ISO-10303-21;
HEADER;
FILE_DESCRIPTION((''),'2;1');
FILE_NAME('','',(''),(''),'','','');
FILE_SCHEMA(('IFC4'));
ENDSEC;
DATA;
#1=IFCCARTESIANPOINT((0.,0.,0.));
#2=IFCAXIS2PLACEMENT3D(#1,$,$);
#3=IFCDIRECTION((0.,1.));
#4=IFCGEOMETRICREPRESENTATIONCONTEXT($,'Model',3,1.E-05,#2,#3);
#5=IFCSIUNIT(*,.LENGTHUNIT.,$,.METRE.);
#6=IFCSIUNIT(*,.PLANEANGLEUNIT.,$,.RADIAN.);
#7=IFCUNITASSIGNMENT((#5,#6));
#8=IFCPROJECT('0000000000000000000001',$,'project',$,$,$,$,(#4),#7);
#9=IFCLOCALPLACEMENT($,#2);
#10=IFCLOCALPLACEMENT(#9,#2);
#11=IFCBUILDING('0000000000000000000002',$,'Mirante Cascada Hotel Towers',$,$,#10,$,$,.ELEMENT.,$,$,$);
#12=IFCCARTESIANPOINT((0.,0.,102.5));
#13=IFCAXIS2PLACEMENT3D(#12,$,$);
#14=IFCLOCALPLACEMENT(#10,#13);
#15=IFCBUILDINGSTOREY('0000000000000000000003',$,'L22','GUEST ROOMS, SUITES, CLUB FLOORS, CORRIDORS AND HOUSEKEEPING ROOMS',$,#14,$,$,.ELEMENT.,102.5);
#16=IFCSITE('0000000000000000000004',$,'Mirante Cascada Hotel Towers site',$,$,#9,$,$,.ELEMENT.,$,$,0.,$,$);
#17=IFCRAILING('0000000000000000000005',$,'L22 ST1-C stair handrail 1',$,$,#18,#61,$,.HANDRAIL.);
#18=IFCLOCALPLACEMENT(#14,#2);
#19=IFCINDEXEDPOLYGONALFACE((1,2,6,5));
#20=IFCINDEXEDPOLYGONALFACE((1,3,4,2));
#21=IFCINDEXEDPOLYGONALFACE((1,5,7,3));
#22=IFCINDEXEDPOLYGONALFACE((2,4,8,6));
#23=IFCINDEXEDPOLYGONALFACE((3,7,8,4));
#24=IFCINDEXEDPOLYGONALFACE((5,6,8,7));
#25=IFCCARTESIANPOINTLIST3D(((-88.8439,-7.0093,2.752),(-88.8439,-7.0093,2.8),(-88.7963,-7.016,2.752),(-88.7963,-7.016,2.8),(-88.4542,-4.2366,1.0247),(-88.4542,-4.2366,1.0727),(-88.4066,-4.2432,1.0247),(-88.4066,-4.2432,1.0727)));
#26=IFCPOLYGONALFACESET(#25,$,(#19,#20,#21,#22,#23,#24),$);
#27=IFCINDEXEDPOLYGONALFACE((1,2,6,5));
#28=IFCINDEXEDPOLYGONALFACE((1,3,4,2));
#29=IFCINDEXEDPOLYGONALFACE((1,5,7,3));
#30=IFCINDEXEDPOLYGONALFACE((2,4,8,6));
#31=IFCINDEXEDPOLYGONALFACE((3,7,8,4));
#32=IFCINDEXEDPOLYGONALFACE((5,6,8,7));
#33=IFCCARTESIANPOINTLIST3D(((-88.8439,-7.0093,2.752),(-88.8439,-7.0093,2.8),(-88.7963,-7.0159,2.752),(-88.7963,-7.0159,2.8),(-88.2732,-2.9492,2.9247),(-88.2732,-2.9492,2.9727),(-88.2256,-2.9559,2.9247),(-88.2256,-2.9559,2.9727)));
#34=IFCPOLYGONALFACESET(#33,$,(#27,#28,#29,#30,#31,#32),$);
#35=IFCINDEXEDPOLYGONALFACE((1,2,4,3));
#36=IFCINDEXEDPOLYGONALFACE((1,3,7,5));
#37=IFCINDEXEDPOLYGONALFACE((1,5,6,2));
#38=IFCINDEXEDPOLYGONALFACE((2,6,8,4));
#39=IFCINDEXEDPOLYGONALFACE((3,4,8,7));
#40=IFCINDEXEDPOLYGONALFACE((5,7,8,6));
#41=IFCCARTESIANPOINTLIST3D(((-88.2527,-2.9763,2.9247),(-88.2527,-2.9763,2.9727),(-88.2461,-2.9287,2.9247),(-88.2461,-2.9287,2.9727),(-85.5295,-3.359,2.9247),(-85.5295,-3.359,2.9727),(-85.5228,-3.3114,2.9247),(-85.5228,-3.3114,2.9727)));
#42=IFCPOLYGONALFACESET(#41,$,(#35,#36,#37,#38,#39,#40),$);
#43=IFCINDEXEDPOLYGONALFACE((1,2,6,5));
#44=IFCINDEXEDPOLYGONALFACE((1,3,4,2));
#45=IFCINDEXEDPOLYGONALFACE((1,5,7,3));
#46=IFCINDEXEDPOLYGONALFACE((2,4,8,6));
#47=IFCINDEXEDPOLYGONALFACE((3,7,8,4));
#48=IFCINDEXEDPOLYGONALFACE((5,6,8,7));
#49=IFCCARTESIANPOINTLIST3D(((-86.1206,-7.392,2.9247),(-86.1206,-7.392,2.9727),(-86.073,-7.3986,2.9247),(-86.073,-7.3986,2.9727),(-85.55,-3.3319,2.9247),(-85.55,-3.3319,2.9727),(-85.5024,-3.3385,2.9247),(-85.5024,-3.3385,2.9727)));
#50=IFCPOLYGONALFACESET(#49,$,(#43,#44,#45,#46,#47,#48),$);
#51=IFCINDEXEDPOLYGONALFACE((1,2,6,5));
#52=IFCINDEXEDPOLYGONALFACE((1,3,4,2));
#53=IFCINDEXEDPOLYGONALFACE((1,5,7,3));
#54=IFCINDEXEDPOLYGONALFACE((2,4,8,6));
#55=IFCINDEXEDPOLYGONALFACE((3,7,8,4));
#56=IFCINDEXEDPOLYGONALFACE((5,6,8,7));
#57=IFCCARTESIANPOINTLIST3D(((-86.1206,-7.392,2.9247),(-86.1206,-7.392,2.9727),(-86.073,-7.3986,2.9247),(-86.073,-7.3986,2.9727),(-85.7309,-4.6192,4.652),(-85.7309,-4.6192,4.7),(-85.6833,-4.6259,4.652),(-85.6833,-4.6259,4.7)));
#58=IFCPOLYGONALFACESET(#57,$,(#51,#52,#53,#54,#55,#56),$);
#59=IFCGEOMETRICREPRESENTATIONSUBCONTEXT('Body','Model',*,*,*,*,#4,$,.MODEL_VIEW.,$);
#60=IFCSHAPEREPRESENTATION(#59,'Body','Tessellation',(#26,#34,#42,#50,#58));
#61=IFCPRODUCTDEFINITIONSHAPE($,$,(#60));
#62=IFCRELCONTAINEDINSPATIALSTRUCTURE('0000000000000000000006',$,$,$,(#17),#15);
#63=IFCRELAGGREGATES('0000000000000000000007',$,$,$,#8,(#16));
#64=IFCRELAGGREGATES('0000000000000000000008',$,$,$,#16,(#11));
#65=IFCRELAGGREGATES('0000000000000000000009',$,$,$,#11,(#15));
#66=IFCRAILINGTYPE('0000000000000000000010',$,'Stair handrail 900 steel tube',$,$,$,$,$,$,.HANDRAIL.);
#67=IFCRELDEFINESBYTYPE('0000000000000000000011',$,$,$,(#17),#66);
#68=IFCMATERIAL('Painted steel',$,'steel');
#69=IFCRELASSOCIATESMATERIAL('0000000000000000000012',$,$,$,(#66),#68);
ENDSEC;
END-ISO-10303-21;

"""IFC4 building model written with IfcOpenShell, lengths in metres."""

from ifc_helpers import new_model, si_unit, direction, frame, origin, origin_2d, place, context, subcontext, project, spatial, rectangle, extrude, material, type_object, element, save


model = new_model("IFC4")

# Units and contexts
model_context = context("Model", 3, precision=1e-05, world=origin(), true_north=direction((0.0, 1.0)))
body_context = subcontext(model_context, "Body", "Model", "MODEL_VIEW")
ifc_project = project(units=[si_unit("LENGTHUNIT", "METRE"), si_unit("PLANEANGLEUNIT", "RADIAN")], contexts=[model_context])

# Site, building, storey
site_placement = place(None, origin())
site = spatial("IfcSite", under=ifc_project, at=site_placement, Name="Mirante Cascada Hotel Towers site", CompositionType="ELEMENT", RefElevation=0.0)
building_placement = place(site_placement, origin())
building = spatial("IfcBuilding", under=site, at=building_placement, Name="Mirante Cascada Hotel Towers", CompositionType="ELEMENT")
storey_placement = place(building_placement, frame((0.0, 0.0, 102.5)))
storey = spatial("IfcBuildingStorey", under=building, at=storey_placement, Name="L22", Description="GUEST ROOMS, SUITES, CLUB FLOORS, CORRIDORS AND HOUSEKEEPING ROOMS", CompositionType="ELEMENT", Elevation=102.5)

# Railing
ifc_material_1 = material(Name="Painted steel", Category="steel")
railing_type_1 = type_object("IfcRailingType", Name="Stair handrail 900 steel tube", PredefinedType="HANDRAIL", material=ifc_material_1)
railing_1_placement = place(storey_placement, frame((-88.4304, -4.2399, 0.1727)))
element("IfcRailing", 1, at=railing_1_placement, inside=storey, type_object=railing_type_1, Name="L22 ST1-C stair handrail 1", PredefinedType="HANDRAIL", context=body_context, shape_type="SweptSolid", body=[
    extrude(rectangle(XDim=0.048, YDim=0.048, at=origin_2d()), frame((0.0, 0.0, 0.876), z_axis=(-0.139181, -0.990267, 0.0), x_axis=(0.990267, -0.139181, 0.0)), (0.0, 0.525035, 0.851081), 3.2899),
    extrude(rectangle(XDim=0.048, YDim=0.048, at=origin_2d()), frame((-0.3897, -2.7727, 2.6033), z_axis=(0.139195, 0.990265, 0.0), x_axis=(-0.990265, 0.139195, 0.0)), (0.0, 0.042084, 0.999114), 4.1036),
    extrude(rectangle(XDim=0.048, YDim=0.048, at=origin_2d()), frame((0.181, 1.2874, 2.776), z_axis=(0.990269, -0.139166, 0.0), x_axis=(0.139166, 0.990269, 0.0)), (0.0, 0.0, 1.0), 2.75),
    extrude(rectangle(XDim=0.048, YDim=0.048, at=origin_2d()), frame((2.9042, 0.9047, 2.776), z_axis=(-0.139171, -0.990268, 0.0), x_axis=(0.990268, -0.139171, 0.0)), (0.0, 0.0, 1.0), 4.1),
    extrude(rectangle(XDim=0.048, YDim=0.048, at=origin_2d()), frame((2.3336, -3.1554, 2.776), z_axis=(0.139181, 0.990267, 0.0), x_axis=(-0.990267, 0.139181, 0.0)), (0.0, 0.525035, 0.851081), 3.2899),
])

save(model, "model.ifc")
